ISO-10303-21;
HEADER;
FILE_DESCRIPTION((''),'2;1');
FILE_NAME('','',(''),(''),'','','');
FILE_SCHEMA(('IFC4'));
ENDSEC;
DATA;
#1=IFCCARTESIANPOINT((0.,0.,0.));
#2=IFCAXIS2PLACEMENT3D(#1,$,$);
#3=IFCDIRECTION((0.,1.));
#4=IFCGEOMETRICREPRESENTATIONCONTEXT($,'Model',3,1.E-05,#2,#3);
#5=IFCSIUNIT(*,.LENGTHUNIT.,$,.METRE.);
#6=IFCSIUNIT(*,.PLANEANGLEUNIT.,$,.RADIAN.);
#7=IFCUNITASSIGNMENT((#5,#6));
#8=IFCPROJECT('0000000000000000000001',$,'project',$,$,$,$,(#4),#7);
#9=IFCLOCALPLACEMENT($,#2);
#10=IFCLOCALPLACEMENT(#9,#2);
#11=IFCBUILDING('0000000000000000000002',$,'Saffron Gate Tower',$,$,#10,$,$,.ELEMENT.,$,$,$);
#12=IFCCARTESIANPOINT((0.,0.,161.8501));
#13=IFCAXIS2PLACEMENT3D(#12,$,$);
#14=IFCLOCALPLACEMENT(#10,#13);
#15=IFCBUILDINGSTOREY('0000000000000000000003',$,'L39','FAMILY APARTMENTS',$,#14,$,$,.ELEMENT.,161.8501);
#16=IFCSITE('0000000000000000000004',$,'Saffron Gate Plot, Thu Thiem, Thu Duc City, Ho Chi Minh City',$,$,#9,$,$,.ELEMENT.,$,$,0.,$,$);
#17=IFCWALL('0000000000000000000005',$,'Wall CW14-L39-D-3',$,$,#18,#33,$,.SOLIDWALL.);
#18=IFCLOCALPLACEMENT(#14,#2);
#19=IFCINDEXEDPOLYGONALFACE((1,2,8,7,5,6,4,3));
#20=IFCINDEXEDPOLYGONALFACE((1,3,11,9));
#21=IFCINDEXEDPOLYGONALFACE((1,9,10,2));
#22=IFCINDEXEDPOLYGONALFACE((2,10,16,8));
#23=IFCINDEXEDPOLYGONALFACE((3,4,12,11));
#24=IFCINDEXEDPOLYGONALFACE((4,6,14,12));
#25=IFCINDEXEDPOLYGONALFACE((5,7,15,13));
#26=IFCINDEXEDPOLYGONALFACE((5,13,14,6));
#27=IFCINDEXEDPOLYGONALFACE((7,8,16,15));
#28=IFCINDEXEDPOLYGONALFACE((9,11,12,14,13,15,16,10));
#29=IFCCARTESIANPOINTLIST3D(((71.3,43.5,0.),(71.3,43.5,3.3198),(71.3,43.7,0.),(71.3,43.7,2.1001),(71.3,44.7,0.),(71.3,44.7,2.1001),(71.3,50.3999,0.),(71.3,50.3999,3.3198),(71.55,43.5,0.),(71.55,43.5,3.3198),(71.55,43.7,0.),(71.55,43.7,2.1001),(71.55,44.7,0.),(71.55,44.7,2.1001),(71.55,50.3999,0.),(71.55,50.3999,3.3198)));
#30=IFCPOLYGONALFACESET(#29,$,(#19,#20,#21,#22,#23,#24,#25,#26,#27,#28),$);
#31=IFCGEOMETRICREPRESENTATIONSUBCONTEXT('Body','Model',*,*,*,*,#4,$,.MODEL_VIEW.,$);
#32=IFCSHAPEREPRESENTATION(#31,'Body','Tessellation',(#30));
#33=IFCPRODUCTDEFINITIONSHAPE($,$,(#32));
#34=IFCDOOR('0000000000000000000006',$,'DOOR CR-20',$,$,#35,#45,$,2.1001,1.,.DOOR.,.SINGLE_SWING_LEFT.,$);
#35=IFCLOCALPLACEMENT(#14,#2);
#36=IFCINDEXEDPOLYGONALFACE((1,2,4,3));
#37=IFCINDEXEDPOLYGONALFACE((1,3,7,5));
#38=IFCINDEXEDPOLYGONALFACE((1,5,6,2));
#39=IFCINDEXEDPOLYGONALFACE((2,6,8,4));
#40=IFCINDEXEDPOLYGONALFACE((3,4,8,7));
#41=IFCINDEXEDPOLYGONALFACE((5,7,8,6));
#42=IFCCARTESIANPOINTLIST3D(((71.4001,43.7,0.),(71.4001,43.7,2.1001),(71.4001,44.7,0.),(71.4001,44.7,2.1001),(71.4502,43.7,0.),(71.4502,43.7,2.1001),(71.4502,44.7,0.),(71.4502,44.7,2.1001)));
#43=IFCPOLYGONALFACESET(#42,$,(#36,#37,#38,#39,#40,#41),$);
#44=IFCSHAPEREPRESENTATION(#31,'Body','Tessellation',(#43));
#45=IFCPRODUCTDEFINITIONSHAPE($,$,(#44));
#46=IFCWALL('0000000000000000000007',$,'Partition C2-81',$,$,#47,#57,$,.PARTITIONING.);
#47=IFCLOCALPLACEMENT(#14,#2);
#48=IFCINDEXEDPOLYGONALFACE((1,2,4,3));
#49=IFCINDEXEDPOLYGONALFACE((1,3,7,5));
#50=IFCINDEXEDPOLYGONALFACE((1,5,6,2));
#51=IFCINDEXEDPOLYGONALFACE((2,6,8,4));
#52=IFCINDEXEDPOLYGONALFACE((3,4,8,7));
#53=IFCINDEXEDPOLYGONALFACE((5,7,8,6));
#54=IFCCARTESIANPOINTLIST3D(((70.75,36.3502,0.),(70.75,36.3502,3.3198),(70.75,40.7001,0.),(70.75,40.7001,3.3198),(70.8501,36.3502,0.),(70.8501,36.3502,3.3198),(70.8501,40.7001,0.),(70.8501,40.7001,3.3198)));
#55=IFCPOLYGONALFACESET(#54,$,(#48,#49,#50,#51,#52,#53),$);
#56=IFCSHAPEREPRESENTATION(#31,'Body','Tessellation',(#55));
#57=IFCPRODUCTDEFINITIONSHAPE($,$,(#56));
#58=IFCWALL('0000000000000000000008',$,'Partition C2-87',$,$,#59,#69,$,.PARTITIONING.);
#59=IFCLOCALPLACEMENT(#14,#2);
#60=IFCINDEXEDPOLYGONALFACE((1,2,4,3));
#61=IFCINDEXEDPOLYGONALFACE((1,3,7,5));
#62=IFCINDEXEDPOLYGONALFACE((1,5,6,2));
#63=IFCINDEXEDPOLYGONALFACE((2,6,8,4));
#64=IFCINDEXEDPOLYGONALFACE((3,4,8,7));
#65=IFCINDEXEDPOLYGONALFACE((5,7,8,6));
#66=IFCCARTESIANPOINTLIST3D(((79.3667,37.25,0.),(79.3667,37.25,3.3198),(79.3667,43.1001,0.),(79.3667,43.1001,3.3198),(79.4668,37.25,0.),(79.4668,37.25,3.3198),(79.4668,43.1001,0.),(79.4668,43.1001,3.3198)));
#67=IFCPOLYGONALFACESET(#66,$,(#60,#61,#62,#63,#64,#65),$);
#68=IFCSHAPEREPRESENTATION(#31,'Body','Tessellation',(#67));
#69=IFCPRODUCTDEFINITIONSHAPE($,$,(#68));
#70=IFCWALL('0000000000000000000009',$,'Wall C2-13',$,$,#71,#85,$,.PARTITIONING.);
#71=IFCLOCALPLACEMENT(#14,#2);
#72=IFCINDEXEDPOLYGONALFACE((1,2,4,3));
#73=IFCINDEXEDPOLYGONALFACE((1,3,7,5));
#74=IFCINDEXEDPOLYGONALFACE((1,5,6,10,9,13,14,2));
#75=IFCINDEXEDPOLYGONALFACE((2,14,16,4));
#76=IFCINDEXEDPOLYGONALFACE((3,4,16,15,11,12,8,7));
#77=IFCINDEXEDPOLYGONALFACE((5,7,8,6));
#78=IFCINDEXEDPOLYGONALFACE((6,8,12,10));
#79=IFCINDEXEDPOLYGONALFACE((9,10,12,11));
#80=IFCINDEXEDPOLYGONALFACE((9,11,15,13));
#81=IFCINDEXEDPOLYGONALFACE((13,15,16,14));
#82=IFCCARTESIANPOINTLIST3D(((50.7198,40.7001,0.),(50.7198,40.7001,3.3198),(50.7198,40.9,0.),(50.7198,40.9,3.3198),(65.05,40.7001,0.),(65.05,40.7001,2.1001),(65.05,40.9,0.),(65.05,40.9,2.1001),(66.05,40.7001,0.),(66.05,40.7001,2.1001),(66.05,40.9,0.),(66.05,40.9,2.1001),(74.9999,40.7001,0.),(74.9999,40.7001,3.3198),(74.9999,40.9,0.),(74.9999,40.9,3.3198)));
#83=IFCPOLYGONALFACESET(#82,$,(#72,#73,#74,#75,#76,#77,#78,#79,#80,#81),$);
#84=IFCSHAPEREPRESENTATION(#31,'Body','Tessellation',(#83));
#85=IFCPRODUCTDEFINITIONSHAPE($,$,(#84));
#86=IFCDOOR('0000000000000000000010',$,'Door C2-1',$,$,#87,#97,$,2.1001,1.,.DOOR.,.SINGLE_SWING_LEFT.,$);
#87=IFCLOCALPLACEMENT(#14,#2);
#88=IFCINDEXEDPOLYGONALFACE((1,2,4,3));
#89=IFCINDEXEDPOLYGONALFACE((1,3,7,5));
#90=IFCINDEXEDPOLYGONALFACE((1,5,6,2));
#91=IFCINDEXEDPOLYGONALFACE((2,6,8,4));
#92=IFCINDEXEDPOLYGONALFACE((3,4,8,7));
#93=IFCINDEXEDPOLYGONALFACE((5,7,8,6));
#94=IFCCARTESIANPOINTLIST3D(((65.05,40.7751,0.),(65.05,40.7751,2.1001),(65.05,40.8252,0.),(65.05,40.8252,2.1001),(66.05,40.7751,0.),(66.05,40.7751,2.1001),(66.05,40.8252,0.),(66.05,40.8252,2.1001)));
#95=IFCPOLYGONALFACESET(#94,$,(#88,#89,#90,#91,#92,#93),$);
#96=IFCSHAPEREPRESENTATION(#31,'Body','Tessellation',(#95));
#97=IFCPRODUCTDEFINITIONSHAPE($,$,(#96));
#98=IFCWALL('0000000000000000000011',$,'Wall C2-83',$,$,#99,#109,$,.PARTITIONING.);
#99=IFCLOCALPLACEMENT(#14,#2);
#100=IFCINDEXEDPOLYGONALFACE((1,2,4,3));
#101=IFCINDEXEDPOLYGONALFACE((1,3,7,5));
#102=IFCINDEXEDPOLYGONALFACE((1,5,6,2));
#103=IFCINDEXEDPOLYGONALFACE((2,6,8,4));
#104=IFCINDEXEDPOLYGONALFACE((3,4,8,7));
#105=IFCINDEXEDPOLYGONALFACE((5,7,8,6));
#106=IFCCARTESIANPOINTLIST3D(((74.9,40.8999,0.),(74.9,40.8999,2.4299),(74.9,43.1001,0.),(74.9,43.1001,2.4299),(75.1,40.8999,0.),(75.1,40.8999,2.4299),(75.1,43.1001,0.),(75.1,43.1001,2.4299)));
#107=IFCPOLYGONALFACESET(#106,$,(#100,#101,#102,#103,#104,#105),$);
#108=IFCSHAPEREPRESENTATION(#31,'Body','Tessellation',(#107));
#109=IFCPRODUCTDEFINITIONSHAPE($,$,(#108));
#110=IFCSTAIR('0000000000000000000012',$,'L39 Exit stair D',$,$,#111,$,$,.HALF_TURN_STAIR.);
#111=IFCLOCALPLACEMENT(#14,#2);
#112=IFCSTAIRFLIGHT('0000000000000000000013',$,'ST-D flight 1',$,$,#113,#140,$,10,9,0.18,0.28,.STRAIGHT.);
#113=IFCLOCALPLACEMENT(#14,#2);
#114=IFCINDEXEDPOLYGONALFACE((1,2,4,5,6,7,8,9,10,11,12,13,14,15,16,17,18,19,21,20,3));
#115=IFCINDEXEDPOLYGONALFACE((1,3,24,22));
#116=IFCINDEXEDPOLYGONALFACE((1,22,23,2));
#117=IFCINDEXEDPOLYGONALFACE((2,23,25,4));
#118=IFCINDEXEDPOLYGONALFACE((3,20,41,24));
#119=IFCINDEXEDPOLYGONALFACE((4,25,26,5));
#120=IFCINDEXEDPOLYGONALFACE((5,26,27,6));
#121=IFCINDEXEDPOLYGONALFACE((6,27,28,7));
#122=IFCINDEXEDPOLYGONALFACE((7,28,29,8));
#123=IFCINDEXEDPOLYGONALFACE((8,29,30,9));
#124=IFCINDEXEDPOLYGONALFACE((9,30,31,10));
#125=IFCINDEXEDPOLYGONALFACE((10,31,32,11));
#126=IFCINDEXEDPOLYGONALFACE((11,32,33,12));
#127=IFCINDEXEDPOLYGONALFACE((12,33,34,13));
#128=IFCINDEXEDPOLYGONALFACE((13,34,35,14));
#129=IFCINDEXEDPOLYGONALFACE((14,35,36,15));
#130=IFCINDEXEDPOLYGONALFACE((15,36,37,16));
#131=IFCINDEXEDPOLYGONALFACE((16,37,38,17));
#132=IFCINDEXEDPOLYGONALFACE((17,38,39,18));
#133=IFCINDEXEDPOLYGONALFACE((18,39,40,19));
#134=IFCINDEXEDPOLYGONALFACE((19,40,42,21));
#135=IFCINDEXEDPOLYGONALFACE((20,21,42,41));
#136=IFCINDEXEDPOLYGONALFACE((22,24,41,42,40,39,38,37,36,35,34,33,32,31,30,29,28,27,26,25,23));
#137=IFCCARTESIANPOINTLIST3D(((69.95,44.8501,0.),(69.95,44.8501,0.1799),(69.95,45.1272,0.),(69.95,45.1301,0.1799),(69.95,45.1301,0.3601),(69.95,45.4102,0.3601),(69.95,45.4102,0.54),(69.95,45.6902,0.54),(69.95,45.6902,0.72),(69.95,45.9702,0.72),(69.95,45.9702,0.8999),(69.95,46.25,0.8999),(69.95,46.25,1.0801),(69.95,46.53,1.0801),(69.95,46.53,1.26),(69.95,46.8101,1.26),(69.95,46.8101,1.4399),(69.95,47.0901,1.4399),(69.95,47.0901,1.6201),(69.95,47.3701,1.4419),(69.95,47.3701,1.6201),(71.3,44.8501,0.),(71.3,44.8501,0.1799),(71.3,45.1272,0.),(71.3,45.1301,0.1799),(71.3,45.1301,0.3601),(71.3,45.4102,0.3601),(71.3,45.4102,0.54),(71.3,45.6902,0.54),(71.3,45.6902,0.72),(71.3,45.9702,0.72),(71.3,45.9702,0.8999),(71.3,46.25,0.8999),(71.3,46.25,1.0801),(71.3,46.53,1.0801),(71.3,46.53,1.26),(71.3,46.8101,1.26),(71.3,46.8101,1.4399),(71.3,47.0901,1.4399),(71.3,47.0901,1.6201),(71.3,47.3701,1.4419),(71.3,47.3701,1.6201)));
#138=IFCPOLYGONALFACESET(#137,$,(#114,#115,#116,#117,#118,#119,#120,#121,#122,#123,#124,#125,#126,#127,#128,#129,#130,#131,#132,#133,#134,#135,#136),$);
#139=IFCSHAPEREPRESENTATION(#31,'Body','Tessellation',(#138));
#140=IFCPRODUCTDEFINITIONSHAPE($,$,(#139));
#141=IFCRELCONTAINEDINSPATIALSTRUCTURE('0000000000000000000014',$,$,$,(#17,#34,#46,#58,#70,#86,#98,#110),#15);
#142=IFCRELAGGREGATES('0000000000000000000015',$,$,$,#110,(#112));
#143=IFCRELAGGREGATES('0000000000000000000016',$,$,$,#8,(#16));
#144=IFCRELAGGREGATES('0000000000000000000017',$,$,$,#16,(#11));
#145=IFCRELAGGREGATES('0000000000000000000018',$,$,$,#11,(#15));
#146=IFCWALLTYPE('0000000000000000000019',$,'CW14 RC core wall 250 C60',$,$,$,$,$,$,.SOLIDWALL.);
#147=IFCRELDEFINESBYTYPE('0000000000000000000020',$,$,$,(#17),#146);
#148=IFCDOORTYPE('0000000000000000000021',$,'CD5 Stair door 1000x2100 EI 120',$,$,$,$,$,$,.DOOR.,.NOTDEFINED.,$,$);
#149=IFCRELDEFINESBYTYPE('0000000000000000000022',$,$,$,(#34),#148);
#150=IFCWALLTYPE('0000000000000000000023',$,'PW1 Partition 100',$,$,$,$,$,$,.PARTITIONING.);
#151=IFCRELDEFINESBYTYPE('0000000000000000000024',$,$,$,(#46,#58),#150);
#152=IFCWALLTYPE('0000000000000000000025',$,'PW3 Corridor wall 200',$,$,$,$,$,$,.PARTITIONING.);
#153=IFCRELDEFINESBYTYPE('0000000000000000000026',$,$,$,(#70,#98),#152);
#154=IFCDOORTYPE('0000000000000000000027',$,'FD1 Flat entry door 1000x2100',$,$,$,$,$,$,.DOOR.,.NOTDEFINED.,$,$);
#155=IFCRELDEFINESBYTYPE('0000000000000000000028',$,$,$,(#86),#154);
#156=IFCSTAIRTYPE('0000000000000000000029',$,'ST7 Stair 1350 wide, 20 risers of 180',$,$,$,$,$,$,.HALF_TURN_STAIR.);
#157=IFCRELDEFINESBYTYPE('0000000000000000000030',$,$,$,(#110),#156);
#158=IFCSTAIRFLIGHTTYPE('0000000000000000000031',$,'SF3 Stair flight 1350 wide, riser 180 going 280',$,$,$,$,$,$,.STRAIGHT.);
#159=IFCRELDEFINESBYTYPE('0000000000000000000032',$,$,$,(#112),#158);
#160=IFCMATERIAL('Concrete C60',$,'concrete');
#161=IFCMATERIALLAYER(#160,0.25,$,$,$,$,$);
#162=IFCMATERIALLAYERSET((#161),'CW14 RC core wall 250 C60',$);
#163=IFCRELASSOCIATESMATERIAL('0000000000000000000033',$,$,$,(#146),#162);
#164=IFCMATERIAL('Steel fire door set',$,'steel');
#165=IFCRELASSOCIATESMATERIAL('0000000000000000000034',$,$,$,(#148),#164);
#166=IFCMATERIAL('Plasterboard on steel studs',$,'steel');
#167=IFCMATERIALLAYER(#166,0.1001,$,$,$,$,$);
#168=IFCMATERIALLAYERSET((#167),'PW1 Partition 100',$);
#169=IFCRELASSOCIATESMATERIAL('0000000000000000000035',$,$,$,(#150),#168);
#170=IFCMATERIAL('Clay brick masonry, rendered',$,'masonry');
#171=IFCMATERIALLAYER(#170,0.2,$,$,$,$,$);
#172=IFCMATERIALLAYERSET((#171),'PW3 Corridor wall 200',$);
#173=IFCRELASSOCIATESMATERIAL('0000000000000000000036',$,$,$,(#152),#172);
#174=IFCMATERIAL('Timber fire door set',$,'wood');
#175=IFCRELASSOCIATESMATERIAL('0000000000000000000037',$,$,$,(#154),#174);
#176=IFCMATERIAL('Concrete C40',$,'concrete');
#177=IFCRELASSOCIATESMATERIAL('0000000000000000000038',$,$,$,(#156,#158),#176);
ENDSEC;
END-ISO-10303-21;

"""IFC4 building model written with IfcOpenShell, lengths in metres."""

from ifc_helpers import new_model, si_unit, direction, frame, frame_2d, origin, place, context, subcontext, project, spatial, polyline, rectangle, outline, extrude, material, layer, layer_set, type_object, element, fill, aggregate, save


model = new_model("IFC4")

# Units and contexts
model_context = context("Model", 3, precision=1e-05, world=origin(), true_north=direction((0.0, 1.0)))
body_context = subcontext(model_context, "Body", "Model", "MODEL_VIEW")
ifc_project = project(units=[si_unit("LENGTHUNIT", "METRE"), si_unit("PLANEANGLEUNIT", "RADIAN")], contexts=[model_context])

# Site, building, storey
site_placement = place(None, origin())
site = spatial("IfcSite", under=ifc_project, at=site_placement, Name="Saffron Gate Plot, Thu Thiem, Thu Duc City, Ho Chi Minh City", CompositionType="ELEMENT", RefElevation=0.0)
building_placement = place(site_placement, origin())
building = spatial("IfcBuilding", under=site, at=building_placement, Name="Saffron Gate Tower", CompositionType="ELEMENT")
storey_placement = place(building_placement, frame((0.0, 0.0, 161.8501)))
storey = spatial("IfcBuildingStorey", under=building, at=storey_placement, Name="L39", Description="FAMILY APARTMENTS", CompositionType="ELEMENT", Elevation=161.8501)

# Wall, opening, door
ifc_material_1 = material(Name="Steel fire door set", Category="steel")
ifc_material_2 = material(Name="Concrete C60", Category="concrete")
ifc_layer_1 = layer(ifc_material_2, 0.25)
ifc_layer_set_1 = layer_set([ifc_layer_1], Name="CW14 RC core wall 250 C60")
wall_type_1 = type_object("IfcWallType", Name="CW14 RC core wall 250 C60", PredefinedType="SOLIDWALL", material=ifc_layer_set_1)
wall_1_placement = place(storey_placement, frame((71.425, 43.5, 0.0), z_axis=(0.0, 0.0, 1.0), x_axis=(0.0, 1.0, 0.0)))
wall_1 = element("IfcWall", 1, at=wall_1_placement, inside=storey, type_object=wall_type_1, Name="Wall CW14-L39-D-3", PredefinedType="SOLIDWALL", context=body_context, shape_type="SweptSolid", body=[
    extrude(rectangle(XDim=6.8999, YDim=0.25, at=frame_2d((3.45, 0.0))), origin(), (0.0, 0.0, 1.0), 3.3198),
])
opening_1_placement = place(wall_1_placement, frame((0.2, 0.0, 0.0)))
opening_1 = element("IfcOpeningElement", 2, at=opening_1_placement, cuts=wall_1, PredefinedType="OPENING", context=body_context, shape_type="SweptSolid", body=[
    extrude(rectangle(XDim=1.0, YDim=2.1001, at=frame_2d((0.5, 1.05))), frame((0.0, 0.135, 0.0), z_axis=(0.0, -1.0, 0.0), x_axis=(1.0, 0.0, 0.0)), (0.0, 0.0, 1.0), 0.27),
])
door_type_1 = type_object("IfcDoorType", Name="CD5 Stair door 1000x2100 EI 120", OperationType="NOTDEFINED", PredefinedType="DOOR", material=ifc_material_1)
door_1_placement = place(opening_1_placement, origin())
door_1 = element("IfcDoor", 3, at=door_1_placement, inside=storey, type_object=door_type_1, Name="DOOR CR-20", OperationType="SINGLE_SWING_LEFT", OverallHeight=2.1001, OverallWidth=1.0, PredefinedType="DOOR", context=body_context, shape_type="SweptSolid", body=[
    extrude(rectangle(XDim=1.0, YDim=2.1001, at=frame_2d((0.5, 1.05))), frame((0.0, 0.0249, 0.0), z_axis=(0.0, -1.0, 0.0), x_axis=(1.0, 0.0, 0.0)), (0.0, 0.0, 1.0), 0.05),
])
fill(opening_1, door_1)

# Walls
ifc_material_3 = material(Name="Plasterboard on steel studs", Category="steel")
ifc_layer_2 = layer(ifc_material_3, 0.1001)
ifc_layer_set_2 = layer_set([ifc_layer_2], Name="PW1 Partition 100")
wall_type_2 = type_object("IfcWallType", Name="PW1 Partition 100", PredefinedType="PARTITIONING", material=ifc_layer_set_2)
wall_2_placement = place(storey_placement, frame((70.8, 40.7, 0.0), z_axis=(0.0, 0.0, 1.0), x_axis=(0.0, -1.0, 0.0)))
element("IfcWall", 4, at=wall_2_placement, inside=storey, type_object=wall_type_2, Name="Partition C2-81", PredefinedType="PARTITIONING", context=body_context, shape_type="SweptSolid", body=[
    extrude(rectangle(XDim=4.3499, YDim=0.1001, at=frame_2d((2.1748, 0.0))), origin(), (0.0, 0.0, 1.0), 3.3198),
])
wall_3_placement = place(storey_placement, frame((79.4167, 43.1001, 0.0), z_axis=(0.0, 0.0, 1.0), x_axis=(0.0, -1.0, 0.0)))
element("IfcWall", 5, at=wall_3_placement, inside=storey, type_object=wall_type_2, Name="Partition C2-87", PredefinedType="PARTITIONING", context=body_context, shape_type="SweptSolid", body=[
    extrude(rectangle(XDim=5.8501, YDim=0.1001, at=frame_2d((2.925, 0.0))), origin(), (0.0, 0.0, 1.0), 3.3198),
])

# Wall, opening, door
ifc_material_4 = material(Name="Clay brick masonry, rendered", Category="masonry")
ifc_layer_3 = layer(ifc_material_4, 0.2)
ifc_layer_set_3 = layer_set([ifc_layer_3], Name="PW3 Corridor wall 200")
wall_type_3 = type_object("IfcWallType", Name="PW3 Corridor wall 200", PredefinedType="PARTITIONING", material=ifc_layer_set_3)
wall_4_placement = place(storey_placement, frame((75.0, 40.8, 0.0), z_axis=(0.0, 0.0, 1.0), x_axis=(-1.0, 0.0, 0.0)))
wall_4 = element("IfcWall", 6, at=wall_4_placement, inside=storey, type_object=wall_type_3, Name="Wall C2-13", PredefinedType="PARTITIONING", context=body_context, shape_type="SweptSolid", body=[
    extrude(rectangle(XDim=24.28, YDim=0.2, at=frame_2d((12.1401, 0.0))), origin(), (0.0, 0.0, 1.0), 3.3198),
])
opening_2_placement = place(wall_4_placement, frame((8.95, 0.0, 0.0)))
opening_2 = element("IfcOpeningElement", 7, at=opening_2_placement, cuts=wall_4, PredefinedType="OPENING", context=body_context, shape_type="SweptSolid", body=[
    extrude(rectangle(XDim=1.0, YDim=2.1001, at=frame_2d((0.5, 1.05))), frame((0.0, 0.1099, 0.0), z_axis=(0.0, -1.0, 0.0), x_axis=(1.0, 0.0, 0.0)), (0.0, 0.0, 1.0), 0.22),
])
ifc_material_5 = material(Name="Timber fire door set", Category="wood")
door_type_2 = type_object("IfcDoorType", Name="FD1 Flat entry door 1000x2100", OperationType="NOTDEFINED", PredefinedType="DOOR", material=ifc_material_5)
door_2_placement = place(opening_2_placement, origin())
door_2 = element("IfcDoor", 8, at=door_2_placement, inside=storey, type_object=door_type_2, Name="Door C2-1", OperationType="SINGLE_SWING_LEFT", OverallHeight=2.1001, OverallWidth=1.0, PredefinedType="DOOR", context=body_context, shape_type="SweptSolid", body=[
    extrude(rectangle(XDim=1.0, YDim=2.1001, at=frame_2d((0.5, 1.05))), frame((0.0, 0.0249, 0.0), z_axis=(0.0, -1.0, 0.0), x_axis=(1.0, 0.0, 0.0)), (0.0, 0.0, 1.0), 0.05),
])
fill(opening_2, door_2)

# Wall
wall_5_placement = place(storey_placement, frame((75.0, 43.1001, 0.0), z_axis=(0.0, 0.0, 1.0), x_axis=(0.0, -1.0, 0.0)))
element("IfcWall", 9, at=wall_5_placement, inside=storey, type_object=wall_type_3, Name="Wall C2-83", PredefinedType="PARTITIONING", context=body_context, shape_type="SweptSolid", body=[
    extrude(rectangle(XDim=2.2002, YDim=0.2, at=frame_2d((1.1001, 0.0))), origin(), (0.0, 0.0, 1.0), 2.4299),
])

# Stair, stair flight
ifc_material_6 = material(Name="Concrete C40", Category="concrete")
stair_type = type_object("IfcStairType", Name="ST7 Stair 1350 wide, 20 risers of 180", PredefinedType="HALF_TURN_STAIR", material=ifc_material_6)
stair_placement = place(storey_placement, origin())
stair = element("IfcStair", 10, at=stair_placement, inside=storey, type_object=stair_type, Name="L39 Exit stair D", PredefinedType="HALF_TURN_STAIR")
stair_flight_type = type_object("IfcStairFlightType", Name="SF3 Stair flight 1350 wide, riser 180 going 280", PredefinedType="STRAIGHT", material=ifc_material_6)
stair_flight_placement = place(storey_placement, frame((70.625, 44.8501, 0.0), z_axis=(0.0, 0.0, 1.0), x_axis=(0.0, 1.0, 0.0)))
stair_flight = element("IfcStairFlight", 11, at=stair_flight_placement, type_object=stair_flight_type, Name="ST-D flight 1", NumberOfRisers=10, NumberOfTreads=9, PredefinedType="STRAIGHT", RiserHeight=0.18, TreadLength=0.28, context=body_context, shape_type="SweptSolid", body=[
    extrude(outline(polyline([(0.0, 0.0), (0.0, 0.1799), (0.28, 0.1799), (0.28, 0.3601), (0.5601, 0.3601), (0.5601, 0.54), (0.8401, 0.54), (0.8401, 0.72), (1.1201, 0.72), (1.1201, 0.8999), (1.3999, 0.8999), (1.3999, 1.0801), (1.6799, 1.0801), (1.6799, 1.26), (1.96, 1.26), (1.96, 1.4399), (2.24, 1.4399), (2.24, 1.6201), (2.52, 1.6201), (2.52, 1.8), (2.52, 1.4419), (0.2771, 0.0), (0.0, 0.0)])), frame((0.0, 0.675, 0.0), z_axis=(0.0, -1.0, 0.0), x_axis=(1.0, 0.0, 0.0)), (0.0, 0.0, 1.0), 1.3501),
])
aggregate(stair, [stair_flight])

save(model, "model.ifc")
